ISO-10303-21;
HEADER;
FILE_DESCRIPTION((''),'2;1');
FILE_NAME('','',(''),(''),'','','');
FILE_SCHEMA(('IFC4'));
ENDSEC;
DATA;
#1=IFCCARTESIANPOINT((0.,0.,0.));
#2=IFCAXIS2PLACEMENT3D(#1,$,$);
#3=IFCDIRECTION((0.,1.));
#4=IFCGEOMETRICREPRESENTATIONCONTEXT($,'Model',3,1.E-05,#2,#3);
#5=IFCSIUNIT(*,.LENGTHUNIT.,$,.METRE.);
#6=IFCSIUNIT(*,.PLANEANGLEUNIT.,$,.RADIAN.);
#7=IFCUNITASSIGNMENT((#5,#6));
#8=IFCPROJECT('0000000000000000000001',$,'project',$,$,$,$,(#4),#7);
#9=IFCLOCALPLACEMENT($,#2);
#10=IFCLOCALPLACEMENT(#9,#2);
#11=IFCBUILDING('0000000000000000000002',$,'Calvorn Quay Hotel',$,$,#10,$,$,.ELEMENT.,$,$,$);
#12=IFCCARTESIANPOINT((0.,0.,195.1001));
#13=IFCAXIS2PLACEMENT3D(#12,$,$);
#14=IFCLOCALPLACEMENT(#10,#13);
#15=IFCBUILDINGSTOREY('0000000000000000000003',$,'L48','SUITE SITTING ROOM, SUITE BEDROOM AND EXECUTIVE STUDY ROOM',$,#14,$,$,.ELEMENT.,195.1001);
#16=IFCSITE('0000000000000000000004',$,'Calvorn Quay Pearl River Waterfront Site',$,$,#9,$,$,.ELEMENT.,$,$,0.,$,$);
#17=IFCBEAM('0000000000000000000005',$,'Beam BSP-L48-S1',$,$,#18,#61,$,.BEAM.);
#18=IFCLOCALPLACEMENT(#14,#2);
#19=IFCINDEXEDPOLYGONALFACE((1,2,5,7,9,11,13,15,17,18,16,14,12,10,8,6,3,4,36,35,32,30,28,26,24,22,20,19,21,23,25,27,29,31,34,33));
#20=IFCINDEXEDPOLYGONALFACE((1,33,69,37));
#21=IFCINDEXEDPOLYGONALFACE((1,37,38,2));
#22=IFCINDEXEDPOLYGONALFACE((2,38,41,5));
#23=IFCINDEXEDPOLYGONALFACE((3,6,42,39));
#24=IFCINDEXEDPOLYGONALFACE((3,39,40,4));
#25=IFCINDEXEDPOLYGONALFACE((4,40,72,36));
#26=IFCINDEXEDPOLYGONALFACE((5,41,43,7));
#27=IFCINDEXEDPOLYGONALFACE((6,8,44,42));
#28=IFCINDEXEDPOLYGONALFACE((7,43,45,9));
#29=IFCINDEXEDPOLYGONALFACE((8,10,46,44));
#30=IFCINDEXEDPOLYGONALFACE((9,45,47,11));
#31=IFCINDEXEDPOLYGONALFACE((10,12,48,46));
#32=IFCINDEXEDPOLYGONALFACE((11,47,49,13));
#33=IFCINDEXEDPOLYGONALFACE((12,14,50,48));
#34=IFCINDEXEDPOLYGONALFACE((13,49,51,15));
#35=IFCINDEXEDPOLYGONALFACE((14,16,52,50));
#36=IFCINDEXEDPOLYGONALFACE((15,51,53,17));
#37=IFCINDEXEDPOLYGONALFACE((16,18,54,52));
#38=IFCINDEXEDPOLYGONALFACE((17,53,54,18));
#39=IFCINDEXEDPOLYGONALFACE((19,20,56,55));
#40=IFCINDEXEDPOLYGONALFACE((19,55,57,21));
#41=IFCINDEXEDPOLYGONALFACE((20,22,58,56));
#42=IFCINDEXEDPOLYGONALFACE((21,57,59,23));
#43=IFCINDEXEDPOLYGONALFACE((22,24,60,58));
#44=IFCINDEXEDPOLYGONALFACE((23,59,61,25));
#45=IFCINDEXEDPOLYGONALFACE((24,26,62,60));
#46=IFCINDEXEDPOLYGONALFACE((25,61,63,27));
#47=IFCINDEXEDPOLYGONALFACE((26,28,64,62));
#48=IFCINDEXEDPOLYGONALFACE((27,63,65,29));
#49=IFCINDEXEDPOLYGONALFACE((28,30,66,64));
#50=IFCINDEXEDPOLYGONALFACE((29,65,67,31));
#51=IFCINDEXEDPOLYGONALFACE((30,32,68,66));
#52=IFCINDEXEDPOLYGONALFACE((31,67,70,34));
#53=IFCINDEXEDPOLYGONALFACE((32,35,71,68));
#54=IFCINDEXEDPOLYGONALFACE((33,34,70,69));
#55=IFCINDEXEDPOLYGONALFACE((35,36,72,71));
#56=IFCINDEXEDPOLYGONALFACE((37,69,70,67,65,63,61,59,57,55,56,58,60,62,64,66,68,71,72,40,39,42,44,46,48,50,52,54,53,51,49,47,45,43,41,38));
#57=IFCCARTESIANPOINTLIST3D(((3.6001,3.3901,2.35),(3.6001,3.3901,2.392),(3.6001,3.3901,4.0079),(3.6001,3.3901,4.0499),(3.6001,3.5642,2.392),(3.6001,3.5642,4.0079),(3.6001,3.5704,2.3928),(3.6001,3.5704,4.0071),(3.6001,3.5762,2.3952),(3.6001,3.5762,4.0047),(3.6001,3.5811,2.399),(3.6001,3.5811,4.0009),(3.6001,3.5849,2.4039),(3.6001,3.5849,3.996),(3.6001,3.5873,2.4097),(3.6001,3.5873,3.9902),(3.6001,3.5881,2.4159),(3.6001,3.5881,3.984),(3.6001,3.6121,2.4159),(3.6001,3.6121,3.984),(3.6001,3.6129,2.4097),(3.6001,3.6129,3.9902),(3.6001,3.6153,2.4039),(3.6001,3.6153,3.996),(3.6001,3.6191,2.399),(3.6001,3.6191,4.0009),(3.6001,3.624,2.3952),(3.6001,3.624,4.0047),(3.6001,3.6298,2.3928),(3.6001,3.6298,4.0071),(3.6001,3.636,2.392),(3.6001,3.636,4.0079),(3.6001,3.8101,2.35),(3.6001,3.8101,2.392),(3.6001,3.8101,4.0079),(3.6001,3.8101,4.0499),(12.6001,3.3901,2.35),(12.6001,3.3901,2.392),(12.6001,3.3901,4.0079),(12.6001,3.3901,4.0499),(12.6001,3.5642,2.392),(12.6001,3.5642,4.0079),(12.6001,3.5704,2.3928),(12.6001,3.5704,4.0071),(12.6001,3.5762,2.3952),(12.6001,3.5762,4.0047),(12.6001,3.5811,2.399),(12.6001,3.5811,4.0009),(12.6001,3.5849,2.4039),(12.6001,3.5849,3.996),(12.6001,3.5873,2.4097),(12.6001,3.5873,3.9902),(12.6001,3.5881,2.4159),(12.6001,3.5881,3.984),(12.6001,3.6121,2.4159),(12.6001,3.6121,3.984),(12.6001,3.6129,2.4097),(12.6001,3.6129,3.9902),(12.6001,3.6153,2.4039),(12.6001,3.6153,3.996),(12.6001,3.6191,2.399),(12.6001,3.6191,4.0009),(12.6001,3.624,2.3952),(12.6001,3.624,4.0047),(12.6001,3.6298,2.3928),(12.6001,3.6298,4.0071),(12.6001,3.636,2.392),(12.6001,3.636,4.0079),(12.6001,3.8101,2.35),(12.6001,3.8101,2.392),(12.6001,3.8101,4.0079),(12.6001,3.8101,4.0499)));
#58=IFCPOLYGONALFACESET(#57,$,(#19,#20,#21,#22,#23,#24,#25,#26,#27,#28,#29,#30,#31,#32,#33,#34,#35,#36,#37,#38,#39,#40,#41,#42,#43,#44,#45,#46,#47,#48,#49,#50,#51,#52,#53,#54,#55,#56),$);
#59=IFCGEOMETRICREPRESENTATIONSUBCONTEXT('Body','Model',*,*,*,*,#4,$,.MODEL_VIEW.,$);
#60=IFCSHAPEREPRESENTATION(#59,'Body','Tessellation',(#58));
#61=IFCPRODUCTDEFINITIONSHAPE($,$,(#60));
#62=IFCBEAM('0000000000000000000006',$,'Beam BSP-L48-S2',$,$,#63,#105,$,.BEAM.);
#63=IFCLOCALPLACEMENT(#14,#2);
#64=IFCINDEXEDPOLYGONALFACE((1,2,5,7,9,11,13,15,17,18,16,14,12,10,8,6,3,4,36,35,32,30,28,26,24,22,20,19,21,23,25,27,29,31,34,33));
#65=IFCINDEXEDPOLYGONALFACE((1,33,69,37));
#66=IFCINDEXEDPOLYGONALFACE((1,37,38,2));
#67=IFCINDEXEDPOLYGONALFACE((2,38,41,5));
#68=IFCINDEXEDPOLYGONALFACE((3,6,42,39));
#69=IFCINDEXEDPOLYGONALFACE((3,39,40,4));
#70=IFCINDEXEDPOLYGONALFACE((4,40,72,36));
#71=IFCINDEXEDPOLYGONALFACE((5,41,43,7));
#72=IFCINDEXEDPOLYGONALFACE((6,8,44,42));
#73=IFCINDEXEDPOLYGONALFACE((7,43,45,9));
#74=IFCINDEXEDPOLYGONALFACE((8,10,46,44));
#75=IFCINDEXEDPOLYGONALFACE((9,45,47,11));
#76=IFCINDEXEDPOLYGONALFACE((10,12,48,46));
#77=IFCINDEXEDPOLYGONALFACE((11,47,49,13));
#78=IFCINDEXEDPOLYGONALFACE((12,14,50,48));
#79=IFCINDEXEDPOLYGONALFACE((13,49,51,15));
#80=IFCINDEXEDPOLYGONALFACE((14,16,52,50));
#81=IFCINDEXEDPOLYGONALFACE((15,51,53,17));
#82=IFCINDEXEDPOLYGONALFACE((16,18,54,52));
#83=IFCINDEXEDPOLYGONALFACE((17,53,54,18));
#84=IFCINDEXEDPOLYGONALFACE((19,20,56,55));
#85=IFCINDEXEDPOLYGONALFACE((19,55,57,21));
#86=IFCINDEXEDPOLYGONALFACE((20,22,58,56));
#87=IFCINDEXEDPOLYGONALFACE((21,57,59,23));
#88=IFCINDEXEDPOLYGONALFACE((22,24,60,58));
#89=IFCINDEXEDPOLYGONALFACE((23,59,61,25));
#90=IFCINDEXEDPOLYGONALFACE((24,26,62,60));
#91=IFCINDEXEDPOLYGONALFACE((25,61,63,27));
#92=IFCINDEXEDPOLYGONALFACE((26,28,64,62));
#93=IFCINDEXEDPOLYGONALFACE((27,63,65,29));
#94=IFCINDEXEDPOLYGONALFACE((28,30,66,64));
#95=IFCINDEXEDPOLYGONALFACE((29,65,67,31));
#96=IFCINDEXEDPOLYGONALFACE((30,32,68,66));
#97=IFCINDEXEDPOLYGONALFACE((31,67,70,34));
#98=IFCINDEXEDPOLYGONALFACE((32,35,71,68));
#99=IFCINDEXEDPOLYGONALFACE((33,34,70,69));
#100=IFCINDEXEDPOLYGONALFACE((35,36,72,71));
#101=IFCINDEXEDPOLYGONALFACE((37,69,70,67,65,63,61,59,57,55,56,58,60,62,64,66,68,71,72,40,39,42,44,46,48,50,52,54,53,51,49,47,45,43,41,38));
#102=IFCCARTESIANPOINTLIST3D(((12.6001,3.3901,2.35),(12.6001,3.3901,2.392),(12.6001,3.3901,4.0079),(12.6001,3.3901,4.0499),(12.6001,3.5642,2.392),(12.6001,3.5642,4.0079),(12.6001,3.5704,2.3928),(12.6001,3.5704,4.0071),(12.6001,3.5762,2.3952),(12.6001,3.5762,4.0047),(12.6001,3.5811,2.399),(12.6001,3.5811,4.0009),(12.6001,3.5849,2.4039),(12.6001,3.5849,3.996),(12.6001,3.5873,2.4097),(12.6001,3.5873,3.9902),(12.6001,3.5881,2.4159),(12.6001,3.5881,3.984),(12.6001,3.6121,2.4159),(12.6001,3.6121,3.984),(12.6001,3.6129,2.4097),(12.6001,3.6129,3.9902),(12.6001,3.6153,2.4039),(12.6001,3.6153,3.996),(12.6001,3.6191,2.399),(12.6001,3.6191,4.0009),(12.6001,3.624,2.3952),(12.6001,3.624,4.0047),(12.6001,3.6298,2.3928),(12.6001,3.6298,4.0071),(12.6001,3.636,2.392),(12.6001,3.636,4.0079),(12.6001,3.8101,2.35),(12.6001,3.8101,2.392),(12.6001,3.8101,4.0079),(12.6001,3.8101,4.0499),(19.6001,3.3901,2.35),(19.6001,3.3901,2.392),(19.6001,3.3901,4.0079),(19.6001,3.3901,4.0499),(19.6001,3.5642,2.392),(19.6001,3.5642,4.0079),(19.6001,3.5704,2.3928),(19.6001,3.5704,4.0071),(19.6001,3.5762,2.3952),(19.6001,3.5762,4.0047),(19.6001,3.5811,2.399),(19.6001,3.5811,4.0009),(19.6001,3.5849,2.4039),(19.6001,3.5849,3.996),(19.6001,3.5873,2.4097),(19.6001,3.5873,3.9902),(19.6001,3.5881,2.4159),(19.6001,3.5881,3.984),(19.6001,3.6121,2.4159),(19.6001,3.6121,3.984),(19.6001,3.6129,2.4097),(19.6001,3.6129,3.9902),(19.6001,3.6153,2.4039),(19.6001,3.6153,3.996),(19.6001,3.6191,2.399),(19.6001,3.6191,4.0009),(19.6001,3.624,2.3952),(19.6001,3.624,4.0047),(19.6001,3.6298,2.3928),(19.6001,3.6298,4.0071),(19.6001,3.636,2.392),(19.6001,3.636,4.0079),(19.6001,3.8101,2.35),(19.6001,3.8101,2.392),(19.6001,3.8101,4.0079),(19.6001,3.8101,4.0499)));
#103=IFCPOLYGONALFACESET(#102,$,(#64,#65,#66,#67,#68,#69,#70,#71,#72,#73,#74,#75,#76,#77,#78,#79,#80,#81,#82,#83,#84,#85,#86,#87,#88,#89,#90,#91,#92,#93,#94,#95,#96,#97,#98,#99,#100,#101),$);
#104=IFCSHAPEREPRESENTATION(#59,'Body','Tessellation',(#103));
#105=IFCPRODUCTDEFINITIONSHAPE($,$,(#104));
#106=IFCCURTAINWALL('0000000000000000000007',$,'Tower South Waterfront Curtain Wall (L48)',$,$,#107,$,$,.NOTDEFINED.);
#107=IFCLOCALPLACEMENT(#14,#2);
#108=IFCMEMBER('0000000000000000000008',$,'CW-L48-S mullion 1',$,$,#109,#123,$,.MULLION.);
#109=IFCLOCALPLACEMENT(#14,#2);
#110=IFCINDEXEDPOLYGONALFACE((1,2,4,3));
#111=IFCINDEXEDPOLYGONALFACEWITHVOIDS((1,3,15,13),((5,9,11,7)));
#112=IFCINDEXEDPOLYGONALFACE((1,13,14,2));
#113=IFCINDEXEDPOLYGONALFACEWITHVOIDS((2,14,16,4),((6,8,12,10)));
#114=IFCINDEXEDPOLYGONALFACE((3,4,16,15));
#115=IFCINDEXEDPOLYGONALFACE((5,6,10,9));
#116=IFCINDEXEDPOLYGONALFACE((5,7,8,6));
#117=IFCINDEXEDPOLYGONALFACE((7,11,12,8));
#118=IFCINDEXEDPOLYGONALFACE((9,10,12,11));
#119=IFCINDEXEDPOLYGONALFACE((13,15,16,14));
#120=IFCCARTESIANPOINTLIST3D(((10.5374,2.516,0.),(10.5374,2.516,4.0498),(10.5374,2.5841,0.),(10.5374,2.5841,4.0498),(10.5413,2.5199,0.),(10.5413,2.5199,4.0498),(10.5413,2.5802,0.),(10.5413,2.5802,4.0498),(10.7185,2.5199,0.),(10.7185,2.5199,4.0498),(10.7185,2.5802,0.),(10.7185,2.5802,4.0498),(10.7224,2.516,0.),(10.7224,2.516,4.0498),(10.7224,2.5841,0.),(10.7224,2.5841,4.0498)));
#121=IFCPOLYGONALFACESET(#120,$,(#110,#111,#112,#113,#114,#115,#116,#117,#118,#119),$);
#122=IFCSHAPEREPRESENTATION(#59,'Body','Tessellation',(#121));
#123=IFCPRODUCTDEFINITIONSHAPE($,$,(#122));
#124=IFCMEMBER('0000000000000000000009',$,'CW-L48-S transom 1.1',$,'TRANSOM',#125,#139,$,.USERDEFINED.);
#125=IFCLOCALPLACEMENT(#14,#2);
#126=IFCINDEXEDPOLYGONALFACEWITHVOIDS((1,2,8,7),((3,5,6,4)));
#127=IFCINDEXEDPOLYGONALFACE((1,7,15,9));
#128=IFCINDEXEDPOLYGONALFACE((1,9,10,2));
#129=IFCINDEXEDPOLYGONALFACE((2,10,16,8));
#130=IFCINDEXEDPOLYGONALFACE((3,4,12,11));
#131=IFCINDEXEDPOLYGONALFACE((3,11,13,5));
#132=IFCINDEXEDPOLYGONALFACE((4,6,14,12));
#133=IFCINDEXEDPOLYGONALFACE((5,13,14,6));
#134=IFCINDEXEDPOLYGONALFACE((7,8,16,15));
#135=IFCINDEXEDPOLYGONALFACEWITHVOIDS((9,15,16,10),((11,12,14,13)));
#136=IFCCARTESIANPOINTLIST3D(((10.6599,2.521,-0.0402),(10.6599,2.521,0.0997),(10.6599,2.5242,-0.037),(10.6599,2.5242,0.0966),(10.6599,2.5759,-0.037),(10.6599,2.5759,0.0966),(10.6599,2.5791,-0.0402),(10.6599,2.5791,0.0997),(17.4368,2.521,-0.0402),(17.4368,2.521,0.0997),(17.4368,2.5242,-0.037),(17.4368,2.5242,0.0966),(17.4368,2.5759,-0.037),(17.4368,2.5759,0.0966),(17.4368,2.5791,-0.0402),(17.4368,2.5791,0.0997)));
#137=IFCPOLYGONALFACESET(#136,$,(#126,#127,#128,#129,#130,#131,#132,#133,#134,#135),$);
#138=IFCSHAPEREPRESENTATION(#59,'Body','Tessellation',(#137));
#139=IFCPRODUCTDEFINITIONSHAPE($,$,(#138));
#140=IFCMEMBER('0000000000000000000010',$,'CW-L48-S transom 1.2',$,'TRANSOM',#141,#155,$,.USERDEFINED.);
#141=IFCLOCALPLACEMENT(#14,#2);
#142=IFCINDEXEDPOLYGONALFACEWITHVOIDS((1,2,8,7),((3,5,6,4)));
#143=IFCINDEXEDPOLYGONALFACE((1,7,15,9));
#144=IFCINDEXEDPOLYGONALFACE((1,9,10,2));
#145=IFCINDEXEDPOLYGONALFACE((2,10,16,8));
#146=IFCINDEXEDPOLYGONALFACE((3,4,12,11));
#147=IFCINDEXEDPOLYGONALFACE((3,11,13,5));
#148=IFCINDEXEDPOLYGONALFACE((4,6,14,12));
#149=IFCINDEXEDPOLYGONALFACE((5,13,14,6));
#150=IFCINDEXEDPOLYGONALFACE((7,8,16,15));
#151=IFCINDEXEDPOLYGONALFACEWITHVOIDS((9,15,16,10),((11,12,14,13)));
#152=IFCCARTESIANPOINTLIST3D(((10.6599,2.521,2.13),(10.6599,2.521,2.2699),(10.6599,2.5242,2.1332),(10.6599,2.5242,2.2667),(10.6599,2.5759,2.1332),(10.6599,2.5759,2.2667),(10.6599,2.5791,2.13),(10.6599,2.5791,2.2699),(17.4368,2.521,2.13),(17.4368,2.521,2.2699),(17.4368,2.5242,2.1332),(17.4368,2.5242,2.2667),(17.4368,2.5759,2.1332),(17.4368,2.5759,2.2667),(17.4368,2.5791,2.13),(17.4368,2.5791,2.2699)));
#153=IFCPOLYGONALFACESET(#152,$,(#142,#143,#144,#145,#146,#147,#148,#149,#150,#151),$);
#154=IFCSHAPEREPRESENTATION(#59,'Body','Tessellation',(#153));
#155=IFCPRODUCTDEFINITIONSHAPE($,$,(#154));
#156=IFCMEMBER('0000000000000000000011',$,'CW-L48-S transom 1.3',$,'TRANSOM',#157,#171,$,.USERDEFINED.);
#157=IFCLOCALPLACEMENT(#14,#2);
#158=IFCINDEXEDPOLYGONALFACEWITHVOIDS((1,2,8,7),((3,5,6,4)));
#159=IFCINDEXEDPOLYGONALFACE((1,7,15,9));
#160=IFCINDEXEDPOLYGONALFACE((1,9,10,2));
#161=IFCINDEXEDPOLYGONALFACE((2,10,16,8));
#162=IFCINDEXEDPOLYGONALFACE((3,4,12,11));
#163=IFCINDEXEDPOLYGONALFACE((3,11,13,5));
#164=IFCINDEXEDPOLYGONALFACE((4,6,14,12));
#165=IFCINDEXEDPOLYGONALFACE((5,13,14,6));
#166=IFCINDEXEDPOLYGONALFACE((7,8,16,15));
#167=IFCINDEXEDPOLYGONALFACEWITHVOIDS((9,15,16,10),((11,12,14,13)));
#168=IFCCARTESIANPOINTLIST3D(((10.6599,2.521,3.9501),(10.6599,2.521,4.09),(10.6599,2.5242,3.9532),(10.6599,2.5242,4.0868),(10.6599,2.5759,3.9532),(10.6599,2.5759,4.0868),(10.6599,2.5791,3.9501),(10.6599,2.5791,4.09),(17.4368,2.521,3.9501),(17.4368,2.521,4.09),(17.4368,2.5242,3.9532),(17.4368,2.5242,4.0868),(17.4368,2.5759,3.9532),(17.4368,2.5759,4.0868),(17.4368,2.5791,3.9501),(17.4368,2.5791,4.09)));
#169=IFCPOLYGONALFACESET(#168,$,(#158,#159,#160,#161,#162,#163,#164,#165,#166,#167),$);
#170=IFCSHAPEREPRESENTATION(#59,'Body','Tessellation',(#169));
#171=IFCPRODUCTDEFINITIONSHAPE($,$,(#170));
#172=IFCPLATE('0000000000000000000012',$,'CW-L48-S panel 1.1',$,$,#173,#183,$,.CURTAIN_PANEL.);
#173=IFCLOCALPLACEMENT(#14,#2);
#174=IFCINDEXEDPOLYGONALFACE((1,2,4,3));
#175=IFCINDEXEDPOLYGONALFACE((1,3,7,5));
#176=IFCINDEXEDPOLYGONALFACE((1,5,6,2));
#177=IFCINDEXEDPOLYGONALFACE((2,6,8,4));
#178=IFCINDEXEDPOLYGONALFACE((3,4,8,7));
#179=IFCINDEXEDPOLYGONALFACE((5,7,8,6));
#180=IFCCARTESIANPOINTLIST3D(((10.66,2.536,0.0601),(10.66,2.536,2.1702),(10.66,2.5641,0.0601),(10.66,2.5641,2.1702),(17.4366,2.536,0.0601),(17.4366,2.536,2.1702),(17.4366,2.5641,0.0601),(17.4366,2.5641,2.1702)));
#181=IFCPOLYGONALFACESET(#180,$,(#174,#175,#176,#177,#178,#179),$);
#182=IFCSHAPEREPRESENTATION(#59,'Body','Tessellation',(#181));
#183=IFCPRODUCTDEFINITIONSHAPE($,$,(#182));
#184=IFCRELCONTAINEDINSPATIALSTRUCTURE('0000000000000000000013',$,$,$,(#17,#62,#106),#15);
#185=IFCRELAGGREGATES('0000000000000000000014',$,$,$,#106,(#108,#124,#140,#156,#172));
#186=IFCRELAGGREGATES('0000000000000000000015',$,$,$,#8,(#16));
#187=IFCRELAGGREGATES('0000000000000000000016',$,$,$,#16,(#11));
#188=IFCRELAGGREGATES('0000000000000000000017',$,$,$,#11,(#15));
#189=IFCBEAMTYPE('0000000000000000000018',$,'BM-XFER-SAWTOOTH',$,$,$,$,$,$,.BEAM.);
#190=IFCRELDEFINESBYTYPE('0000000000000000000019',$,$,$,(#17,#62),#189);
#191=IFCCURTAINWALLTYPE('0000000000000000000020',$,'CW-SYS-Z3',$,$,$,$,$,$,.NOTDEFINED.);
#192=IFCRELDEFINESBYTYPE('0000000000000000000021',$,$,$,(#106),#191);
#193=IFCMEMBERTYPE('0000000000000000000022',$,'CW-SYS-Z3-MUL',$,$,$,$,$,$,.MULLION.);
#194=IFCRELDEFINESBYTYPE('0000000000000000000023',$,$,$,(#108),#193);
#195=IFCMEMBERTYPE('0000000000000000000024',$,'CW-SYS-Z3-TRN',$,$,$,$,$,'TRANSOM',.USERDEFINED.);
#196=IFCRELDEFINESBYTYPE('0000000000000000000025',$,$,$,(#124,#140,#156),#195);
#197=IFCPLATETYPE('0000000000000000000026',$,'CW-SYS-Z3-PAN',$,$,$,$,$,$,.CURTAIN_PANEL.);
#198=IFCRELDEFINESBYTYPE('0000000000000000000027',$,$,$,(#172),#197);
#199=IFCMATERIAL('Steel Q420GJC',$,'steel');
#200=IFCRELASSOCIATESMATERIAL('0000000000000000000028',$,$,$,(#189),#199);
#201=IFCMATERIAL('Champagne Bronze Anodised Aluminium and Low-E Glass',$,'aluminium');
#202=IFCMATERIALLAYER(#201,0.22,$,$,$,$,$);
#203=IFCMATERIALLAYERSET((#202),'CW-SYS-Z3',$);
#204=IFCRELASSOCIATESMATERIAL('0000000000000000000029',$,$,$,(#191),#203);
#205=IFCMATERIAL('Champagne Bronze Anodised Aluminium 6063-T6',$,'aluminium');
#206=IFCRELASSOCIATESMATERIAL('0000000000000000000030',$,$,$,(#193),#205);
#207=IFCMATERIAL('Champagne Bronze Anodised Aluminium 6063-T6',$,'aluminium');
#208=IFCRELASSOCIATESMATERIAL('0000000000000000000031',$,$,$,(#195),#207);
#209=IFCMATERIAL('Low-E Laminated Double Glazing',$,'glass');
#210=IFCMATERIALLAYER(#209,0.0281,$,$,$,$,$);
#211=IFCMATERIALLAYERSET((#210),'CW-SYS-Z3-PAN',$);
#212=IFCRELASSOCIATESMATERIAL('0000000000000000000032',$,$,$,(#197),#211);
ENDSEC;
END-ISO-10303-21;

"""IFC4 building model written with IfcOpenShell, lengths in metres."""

from ifc_helpers import new_model, si_unit, direction, frame, origin, origin_2d, place, context, subcontext, project, spatial, rectangle, hollow_rectangle, i_section, extrude, material, layer, layer_set, material_profile, profile_set, type_object, element, aggregate, save


model = new_model("IFC4")

# Units and contexts
model_context = context("Model", 3, precision=1e-05, world=origin(), true_north=direction((0.0, 1.0)))
body_context = subcontext(model_context, "Body", "Model", "MODEL_VIEW")
ifc_project = project(units=[si_unit("LENGTHUNIT", "METRE"), si_unit("PLANEANGLEUNIT", "RADIAN")], contexts=[model_context])

# Site, building, storey
site_placement = place(None, origin())
site = spatial("IfcSite", under=ifc_project, at=site_placement, Name="Calvorn Quay Pearl River Waterfront Site", CompositionType="ELEMENT", RefElevation=0.0)
building_placement = place(site_placement, origin())
building = spatial("IfcBuilding", under=site, at=building_placement, Name="Calvorn Quay Hotel", CompositionType="ELEMENT")
storey_placement = place(building_placement, frame((0.0, 0.0, 195.1001)))
storey = spatial("IfcBuildingStorey", under=building, at=storey_placement, Name="L48", Description="SUITE SITTING ROOM, SUITE BEDROOM AND EXECUTIVE STUDY ROOM", CompositionType="ELEMENT", Elevation=195.1001)

# Beams
ifc_material_1 = material(Name="Steel Q420GJC", Category="steel")
ifc_material_profile_1 = material_profile(ifc_material_1, i_section(OverallWidth=0.4199, OverallDepth=1.7, WebThickness=0.0239, FlangeThickness=0.042, FilletRadius=0.0239, at=origin_2d()), Name="HN1700x420x24x42")
ifc_profile_set_1 = profile_set([ifc_material_profile_1], Name="Steel Q420GJC")
beam_type_1 = type_object("IfcBeamType", Name="BM-XFER-SAWTOOTH", PredefinedType="BEAM", material=ifc_profile_set_1)
beam_1_placement = place(storey_placement, frame((3.6001, 3.6001, 3.2), z_axis=(1.0, 0.0, 0.0), x_axis=(0.0, 1.0, 0.0)))
element("IfcBeam", 1, at=beam_1_placement, inside=storey, type_object=beam_type_1, Name="Beam BSP-L48-S1", PredefinedType="BEAM", context=body_context, shape_type="SweptSolid", body=[
    extrude(i_section(OverallWidth=0.4199, OverallDepth=1.7, WebThickness=0.0239, FlangeThickness=0.042, FilletRadius=0.0239, at=origin_2d()), origin(), (0.0, 0.0, 1.0), 9.0),
])
beam_2_placement = place(storey_placement, frame((12.6001, 3.6001, 3.2), z_axis=(1.0, 0.0, 0.0), x_axis=(0.0, 1.0, 0.0)))
element("IfcBeam", 2, at=beam_2_placement, inside=storey, type_object=beam_type_1, Name="Beam BSP-L48-S2", PredefinedType="BEAM", context=body_context, shape_type="SweptSolid", body=[
    extrude(i_section(OverallWidth=0.4199, OverallDepth=1.7, WebThickness=0.0239, FlangeThickness=0.042, FilletRadius=0.0239, at=origin_2d()), origin(), (0.0, 0.0, 1.0), 7.0),
])

# Curtain wall, members, plate
ifc_material_2 = material(Name="Champagne Bronze Anodised Aluminium and Low-E Glass", Category="aluminium")
ifc_layer_1 = layer(ifc_material_2, 0.22)
ifc_layer_set_1 = layer_set([ifc_layer_1], Name="CW-SYS-Z3")
curtain_wall_type = type_object("IfcCurtainWallType", Name="CW-SYS-Z3", PredefinedType="NOTDEFINED", material=ifc_layer_set_1)
curtain_wall_placement = place(storey_placement, origin())
curtain_wall = element("IfcCurtainWall", 3, at=curtain_wall_placement, inside=storey, type_object=curtain_wall_type, Name="Tower South Waterfront Curtain Wall (L48)", PredefinedType="NOTDEFINED")
ifc_material_3 = material(Name="Champagne Bronze Anodised Aluminium 6063-T6", Category="aluminium")
ifc_material_profile_2 = material_profile(ifc_material_3, hollow_rectangle(XDim=0.0681, YDim=0.1851, WallThickness=0.0039, at=origin_2d()), Name="ALU-M185x68x4")
ifc_profile_set_2 = profile_set([ifc_material_profile_2], Name="Champagne Bronze Anodised Aluminium 6063-T6")
member_type_1 = type_object("IfcMemberType", Name="CW-SYS-Z3-MUL", PredefinedType="MULLION", material=ifc_profile_set_2)
member_1_placement = place(storey_placement, frame((10.6299, 2.55, 0.0), z_axis=(0.0, 0.0, 1.0), x_axis=(0.0, 1.0, 0.0)))
member_1 = element("IfcMember", 4, at=member_1_placement, type_object=member_type_1, Name="CW-L48-S mullion 1", PredefinedType="MULLION", context=body_context, shape_type="SweptSolid", body=[
    extrude(hollow_rectangle(XDim=0.0681, YDim=0.1851, WallThickness=0.0039, at=origin_2d()), origin(), (0.0, 0.0, 1.0), 4.0498),
])
ifc_material_4 = material(Name="Champagne Bronze Anodised Aluminium 6063-T6", Category="aluminium")
ifc_material_profile_3 = material_profile(ifc_material_4, hollow_rectangle(XDim=0.0581, YDim=0.1399, WallThickness=0.0032, at=origin_2d()), Name="ALU-T140x58x3.2")
ifc_profile_set_3 = profile_set([ifc_material_profile_3], Name="Champagne Bronze Anodised Aluminium 6063-T6")
member_type_2 = type_object("IfcMemberType", Name="CW-SYS-Z3-TRN", ElementType="TRANSOM", PredefinedType="USERDEFINED", material=ifc_profile_set_3)
member_2_placement = place(storey_placement, frame((10.6599, 2.55, 0.0298), z_axis=(1.0, 0.0, 0.0), x_axis=(0.0, 1.0, 0.0)))
member_2 = element("IfcMember", 5, at=member_2_placement, type_object=member_type_2, Name="CW-L48-S transom 1.1", ObjectType="TRANSOM", PredefinedType="USERDEFINED", context=body_context, shape_type="SweptSolid", body=[
    extrude(hollow_rectangle(XDim=0.0581, YDim=0.1399, WallThickness=0.0032, at=origin_2d()), origin(), (0.0, 0.0, 1.0), 6.7769),
])
member_3_placement = place(storey_placement, frame((10.6599, 2.55, 2.2), z_axis=(1.0, 0.0, 0.0), x_axis=(0.0, 1.0, 0.0)))
member_3 = element("IfcMember", 6, at=member_3_placement, type_object=member_type_2, Name="CW-L48-S transom 1.2", ObjectType="TRANSOM", PredefinedType="USERDEFINED", context=body_context, shape_type="SweptSolid", body=[
    extrude(hollow_rectangle(XDim=0.0581, YDim=0.1399, WallThickness=0.0032, at=origin_2d()), origin(), (0.0, 0.0, 1.0), 6.7769),
])
member_4_placement = place(storey_placement, frame((10.6599, 2.55, 4.02), z_axis=(1.0, 0.0, 0.0), x_axis=(0.0, 1.0, 0.0)))
member_4 = element("IfcMember", 7, at=member_4_placement, type_object=member_type_2, Name="CW-L48-S transom 1.3", ObjectType="TRANSOM", PredefinedType="USERDEFINED", context=body_context, shape_type="SweptSolid", body=[
    extrude(hollow_rectangle(XDim=0.0581, YDim=0.1399, WallThickness=0.0032, at=origin_2d()), origin(), (0.0, 0.0, 1.0), 6.7769),
])
ifc_material_5 = material(Name="Low-E Laminated Double Glazing", Category="glass")
ifc_layer_2 = layer(ifc_material_5, 0.0281)
ifc_layer_set_2 = layer_set([ifc_layer_2], Name="CW-SYS-Z3-PAN")
plate_type = type_object("IfcPlateType", Name="CW-SYS-Z3-PAN", PredefinedType="CURTAIN_PANEL", material=ifc_layer_set_2)
plate_1_placement = place(storey_placement, frame((14.0483, 2.55, 0.0601), z_axis=(0.0, 0.0, 1.0), x_axis=(1.0, 0.0, 0.0)))
plate_1 = element("IfcPlate", 8, at=plate_1_placement, type_object=plate_type, Name="CW-L48-S panel 1.1", PredefinedType="CURTAIN_PANEL", context=body_context, shape_type="SweptSolid", body=[
    extrude(rectangle(XDim=6.7766, YDim=0.0281, at=origin_2d()), origin(), (0.0, 0.0, 1.0), 2.1101),
])
aggregate(curtain_wall, [member_1, member_2, member_3, member_4, plate_1])

save(model, "model.ifc")
